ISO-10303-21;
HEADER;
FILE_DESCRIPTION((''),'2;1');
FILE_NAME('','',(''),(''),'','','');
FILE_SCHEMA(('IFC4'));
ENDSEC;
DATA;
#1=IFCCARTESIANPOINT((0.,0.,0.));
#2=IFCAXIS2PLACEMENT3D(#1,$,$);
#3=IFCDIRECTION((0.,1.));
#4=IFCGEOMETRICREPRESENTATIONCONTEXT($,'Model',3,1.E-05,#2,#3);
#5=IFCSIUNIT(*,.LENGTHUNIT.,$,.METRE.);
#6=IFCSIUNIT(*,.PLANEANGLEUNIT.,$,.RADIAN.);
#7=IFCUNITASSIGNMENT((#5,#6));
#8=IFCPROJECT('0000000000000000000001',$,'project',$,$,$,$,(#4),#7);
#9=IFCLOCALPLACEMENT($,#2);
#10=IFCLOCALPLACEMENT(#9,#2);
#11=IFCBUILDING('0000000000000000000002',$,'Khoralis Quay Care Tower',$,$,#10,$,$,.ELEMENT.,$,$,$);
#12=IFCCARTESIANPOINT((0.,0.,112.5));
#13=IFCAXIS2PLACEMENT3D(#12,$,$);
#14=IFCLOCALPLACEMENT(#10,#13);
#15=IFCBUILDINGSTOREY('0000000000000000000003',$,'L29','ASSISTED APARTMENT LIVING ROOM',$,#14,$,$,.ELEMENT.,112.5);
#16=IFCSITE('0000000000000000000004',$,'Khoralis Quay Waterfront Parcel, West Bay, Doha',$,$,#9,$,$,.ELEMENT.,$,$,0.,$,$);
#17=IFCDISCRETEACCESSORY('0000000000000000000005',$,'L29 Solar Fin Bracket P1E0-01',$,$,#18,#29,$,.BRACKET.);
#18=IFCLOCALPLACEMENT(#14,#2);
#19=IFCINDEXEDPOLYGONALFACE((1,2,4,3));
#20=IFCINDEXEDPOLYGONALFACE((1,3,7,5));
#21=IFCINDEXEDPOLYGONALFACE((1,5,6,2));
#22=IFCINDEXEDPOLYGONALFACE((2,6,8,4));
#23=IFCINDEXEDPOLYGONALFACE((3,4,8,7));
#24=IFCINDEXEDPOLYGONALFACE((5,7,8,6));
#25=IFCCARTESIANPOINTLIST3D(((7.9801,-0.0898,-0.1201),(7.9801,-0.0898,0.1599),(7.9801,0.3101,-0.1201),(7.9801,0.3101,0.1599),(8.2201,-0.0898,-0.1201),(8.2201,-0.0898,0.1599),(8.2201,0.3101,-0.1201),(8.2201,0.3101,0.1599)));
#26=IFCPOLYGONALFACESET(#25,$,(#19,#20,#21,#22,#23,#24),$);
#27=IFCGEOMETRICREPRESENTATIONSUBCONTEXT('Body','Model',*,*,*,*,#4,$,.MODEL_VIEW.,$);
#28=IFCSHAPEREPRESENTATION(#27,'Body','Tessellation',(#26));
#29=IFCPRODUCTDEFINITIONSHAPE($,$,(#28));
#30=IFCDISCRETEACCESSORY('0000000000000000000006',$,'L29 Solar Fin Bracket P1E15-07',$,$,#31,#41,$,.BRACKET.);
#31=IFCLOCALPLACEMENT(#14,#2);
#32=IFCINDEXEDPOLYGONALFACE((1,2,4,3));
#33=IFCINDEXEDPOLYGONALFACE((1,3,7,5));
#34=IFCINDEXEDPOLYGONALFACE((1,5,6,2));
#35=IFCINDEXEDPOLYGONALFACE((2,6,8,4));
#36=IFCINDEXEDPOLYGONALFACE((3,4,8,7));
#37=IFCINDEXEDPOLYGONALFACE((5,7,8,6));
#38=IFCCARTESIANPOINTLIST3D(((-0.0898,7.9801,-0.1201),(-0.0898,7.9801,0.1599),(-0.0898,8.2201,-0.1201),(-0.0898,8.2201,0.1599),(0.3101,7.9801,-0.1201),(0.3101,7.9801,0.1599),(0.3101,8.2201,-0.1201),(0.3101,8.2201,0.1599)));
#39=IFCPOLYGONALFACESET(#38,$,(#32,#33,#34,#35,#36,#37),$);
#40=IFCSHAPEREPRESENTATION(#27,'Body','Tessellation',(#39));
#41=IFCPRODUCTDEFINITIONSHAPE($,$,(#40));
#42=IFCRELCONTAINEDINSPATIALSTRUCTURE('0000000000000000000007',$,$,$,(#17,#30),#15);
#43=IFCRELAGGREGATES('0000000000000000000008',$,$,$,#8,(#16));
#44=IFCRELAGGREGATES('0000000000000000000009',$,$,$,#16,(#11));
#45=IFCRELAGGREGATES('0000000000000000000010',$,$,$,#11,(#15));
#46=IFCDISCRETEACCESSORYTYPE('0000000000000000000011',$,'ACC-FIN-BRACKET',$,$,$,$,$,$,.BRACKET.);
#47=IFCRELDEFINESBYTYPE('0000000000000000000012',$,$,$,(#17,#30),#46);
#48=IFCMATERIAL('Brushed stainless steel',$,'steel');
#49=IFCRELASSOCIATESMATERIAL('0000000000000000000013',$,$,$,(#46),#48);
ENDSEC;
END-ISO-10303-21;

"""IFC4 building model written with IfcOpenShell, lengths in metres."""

from ifc_helpers import new_model, si_unit, direction, frame, origin, origin_2d, place, context, subcontext, project, spatial, rectangle, extrude, source, transform, mapped, material, type_object, element, save


model = new_model("IFC4")

# Units and contexts
model_context = context("Model", 3, precision=1e-05, world=origin(), true_north=direction((0.0, 1.0)))
body_context = subcontext(model_context, "Body", "Model", "MODEL_VIEW")
ifc_project = project(units=[si_unit("LENGTHUNIT", "METRE"), si_unit("PLANEANGLEUNIT", "RADIAN")], contexts=[model_context])

# Site, building, storey
site_placement = place(None, origin())
site = spatial("IfcSite", under=ifc_project, at=site_placement, Name="Khoralis Quay Waterfront Parcel, West Bay, Doha", CompositionType="ELEMENT", RefElevation=0.0)
building_placement = place(site_placement, origin())
building = spatial("IfcBuilding", under=site, at=building_placement, Name="Khoralis Quay Care Tower", CompositionType="ELEMENT")
storey_placement = place(building_placement, frame((0.0, 0.0, 112.5)))
storey = spatial("IfcBuildingStorey", under=building, at=storey_placement, Name="L29", Description="ASSISTED APARTMENT LIVING ROOM", CompositionType="ELEMENT", Elevation=112.5)

# Discrete accessories
ifc_material_1 = material(Name="Brushed stainless steel", Category="steel")
discrete_accessory_type = type_object("IfcDiscreteAccessoryType", Name="ACC-FIN-BRACKET", PredefinedType="BRACKET", material=ifc_material_1)
shared_shape_1 = source(origin(), body_context, "Body", "SweptSolid", [
    extrude(rectangle(XDim=0.3999, YDim=0.24, at=origin_2d()), origin(), (0.0, 0.0, 1.0), 0.28),
])
for number, where, z_axis, x_axis, name in (
    (1, (8.1001, 0.1101, -0.1201), (0.0, 0.0, 1.0), (0.0, -1.0, 0.0), "L29 Solar Fin Bracket P1E0-01"),
    (2, (0.1101, 8.1001, -0.1201), (0.0, 0.0, 1.0), (-1.0, 0.0, 0.0), "L29 Solar Fin Bracket P1E15-07"),
):
    element("IfcDiscreteAccessory", number, at=place(storey_placement, frame(where, z_axis=z_axis, x_axis=x_axis)), inside=storey, type_object=discrete_accessory_type, Name=name, PredefinedType="BRACKET", context=body_context, shape_type="MappedRepresentation", body=[
        mapped(shared_shape_1, transform((0.0, 0.0, 0.0), scale=1.0)),
    ])

save(model, "model.ifc")
